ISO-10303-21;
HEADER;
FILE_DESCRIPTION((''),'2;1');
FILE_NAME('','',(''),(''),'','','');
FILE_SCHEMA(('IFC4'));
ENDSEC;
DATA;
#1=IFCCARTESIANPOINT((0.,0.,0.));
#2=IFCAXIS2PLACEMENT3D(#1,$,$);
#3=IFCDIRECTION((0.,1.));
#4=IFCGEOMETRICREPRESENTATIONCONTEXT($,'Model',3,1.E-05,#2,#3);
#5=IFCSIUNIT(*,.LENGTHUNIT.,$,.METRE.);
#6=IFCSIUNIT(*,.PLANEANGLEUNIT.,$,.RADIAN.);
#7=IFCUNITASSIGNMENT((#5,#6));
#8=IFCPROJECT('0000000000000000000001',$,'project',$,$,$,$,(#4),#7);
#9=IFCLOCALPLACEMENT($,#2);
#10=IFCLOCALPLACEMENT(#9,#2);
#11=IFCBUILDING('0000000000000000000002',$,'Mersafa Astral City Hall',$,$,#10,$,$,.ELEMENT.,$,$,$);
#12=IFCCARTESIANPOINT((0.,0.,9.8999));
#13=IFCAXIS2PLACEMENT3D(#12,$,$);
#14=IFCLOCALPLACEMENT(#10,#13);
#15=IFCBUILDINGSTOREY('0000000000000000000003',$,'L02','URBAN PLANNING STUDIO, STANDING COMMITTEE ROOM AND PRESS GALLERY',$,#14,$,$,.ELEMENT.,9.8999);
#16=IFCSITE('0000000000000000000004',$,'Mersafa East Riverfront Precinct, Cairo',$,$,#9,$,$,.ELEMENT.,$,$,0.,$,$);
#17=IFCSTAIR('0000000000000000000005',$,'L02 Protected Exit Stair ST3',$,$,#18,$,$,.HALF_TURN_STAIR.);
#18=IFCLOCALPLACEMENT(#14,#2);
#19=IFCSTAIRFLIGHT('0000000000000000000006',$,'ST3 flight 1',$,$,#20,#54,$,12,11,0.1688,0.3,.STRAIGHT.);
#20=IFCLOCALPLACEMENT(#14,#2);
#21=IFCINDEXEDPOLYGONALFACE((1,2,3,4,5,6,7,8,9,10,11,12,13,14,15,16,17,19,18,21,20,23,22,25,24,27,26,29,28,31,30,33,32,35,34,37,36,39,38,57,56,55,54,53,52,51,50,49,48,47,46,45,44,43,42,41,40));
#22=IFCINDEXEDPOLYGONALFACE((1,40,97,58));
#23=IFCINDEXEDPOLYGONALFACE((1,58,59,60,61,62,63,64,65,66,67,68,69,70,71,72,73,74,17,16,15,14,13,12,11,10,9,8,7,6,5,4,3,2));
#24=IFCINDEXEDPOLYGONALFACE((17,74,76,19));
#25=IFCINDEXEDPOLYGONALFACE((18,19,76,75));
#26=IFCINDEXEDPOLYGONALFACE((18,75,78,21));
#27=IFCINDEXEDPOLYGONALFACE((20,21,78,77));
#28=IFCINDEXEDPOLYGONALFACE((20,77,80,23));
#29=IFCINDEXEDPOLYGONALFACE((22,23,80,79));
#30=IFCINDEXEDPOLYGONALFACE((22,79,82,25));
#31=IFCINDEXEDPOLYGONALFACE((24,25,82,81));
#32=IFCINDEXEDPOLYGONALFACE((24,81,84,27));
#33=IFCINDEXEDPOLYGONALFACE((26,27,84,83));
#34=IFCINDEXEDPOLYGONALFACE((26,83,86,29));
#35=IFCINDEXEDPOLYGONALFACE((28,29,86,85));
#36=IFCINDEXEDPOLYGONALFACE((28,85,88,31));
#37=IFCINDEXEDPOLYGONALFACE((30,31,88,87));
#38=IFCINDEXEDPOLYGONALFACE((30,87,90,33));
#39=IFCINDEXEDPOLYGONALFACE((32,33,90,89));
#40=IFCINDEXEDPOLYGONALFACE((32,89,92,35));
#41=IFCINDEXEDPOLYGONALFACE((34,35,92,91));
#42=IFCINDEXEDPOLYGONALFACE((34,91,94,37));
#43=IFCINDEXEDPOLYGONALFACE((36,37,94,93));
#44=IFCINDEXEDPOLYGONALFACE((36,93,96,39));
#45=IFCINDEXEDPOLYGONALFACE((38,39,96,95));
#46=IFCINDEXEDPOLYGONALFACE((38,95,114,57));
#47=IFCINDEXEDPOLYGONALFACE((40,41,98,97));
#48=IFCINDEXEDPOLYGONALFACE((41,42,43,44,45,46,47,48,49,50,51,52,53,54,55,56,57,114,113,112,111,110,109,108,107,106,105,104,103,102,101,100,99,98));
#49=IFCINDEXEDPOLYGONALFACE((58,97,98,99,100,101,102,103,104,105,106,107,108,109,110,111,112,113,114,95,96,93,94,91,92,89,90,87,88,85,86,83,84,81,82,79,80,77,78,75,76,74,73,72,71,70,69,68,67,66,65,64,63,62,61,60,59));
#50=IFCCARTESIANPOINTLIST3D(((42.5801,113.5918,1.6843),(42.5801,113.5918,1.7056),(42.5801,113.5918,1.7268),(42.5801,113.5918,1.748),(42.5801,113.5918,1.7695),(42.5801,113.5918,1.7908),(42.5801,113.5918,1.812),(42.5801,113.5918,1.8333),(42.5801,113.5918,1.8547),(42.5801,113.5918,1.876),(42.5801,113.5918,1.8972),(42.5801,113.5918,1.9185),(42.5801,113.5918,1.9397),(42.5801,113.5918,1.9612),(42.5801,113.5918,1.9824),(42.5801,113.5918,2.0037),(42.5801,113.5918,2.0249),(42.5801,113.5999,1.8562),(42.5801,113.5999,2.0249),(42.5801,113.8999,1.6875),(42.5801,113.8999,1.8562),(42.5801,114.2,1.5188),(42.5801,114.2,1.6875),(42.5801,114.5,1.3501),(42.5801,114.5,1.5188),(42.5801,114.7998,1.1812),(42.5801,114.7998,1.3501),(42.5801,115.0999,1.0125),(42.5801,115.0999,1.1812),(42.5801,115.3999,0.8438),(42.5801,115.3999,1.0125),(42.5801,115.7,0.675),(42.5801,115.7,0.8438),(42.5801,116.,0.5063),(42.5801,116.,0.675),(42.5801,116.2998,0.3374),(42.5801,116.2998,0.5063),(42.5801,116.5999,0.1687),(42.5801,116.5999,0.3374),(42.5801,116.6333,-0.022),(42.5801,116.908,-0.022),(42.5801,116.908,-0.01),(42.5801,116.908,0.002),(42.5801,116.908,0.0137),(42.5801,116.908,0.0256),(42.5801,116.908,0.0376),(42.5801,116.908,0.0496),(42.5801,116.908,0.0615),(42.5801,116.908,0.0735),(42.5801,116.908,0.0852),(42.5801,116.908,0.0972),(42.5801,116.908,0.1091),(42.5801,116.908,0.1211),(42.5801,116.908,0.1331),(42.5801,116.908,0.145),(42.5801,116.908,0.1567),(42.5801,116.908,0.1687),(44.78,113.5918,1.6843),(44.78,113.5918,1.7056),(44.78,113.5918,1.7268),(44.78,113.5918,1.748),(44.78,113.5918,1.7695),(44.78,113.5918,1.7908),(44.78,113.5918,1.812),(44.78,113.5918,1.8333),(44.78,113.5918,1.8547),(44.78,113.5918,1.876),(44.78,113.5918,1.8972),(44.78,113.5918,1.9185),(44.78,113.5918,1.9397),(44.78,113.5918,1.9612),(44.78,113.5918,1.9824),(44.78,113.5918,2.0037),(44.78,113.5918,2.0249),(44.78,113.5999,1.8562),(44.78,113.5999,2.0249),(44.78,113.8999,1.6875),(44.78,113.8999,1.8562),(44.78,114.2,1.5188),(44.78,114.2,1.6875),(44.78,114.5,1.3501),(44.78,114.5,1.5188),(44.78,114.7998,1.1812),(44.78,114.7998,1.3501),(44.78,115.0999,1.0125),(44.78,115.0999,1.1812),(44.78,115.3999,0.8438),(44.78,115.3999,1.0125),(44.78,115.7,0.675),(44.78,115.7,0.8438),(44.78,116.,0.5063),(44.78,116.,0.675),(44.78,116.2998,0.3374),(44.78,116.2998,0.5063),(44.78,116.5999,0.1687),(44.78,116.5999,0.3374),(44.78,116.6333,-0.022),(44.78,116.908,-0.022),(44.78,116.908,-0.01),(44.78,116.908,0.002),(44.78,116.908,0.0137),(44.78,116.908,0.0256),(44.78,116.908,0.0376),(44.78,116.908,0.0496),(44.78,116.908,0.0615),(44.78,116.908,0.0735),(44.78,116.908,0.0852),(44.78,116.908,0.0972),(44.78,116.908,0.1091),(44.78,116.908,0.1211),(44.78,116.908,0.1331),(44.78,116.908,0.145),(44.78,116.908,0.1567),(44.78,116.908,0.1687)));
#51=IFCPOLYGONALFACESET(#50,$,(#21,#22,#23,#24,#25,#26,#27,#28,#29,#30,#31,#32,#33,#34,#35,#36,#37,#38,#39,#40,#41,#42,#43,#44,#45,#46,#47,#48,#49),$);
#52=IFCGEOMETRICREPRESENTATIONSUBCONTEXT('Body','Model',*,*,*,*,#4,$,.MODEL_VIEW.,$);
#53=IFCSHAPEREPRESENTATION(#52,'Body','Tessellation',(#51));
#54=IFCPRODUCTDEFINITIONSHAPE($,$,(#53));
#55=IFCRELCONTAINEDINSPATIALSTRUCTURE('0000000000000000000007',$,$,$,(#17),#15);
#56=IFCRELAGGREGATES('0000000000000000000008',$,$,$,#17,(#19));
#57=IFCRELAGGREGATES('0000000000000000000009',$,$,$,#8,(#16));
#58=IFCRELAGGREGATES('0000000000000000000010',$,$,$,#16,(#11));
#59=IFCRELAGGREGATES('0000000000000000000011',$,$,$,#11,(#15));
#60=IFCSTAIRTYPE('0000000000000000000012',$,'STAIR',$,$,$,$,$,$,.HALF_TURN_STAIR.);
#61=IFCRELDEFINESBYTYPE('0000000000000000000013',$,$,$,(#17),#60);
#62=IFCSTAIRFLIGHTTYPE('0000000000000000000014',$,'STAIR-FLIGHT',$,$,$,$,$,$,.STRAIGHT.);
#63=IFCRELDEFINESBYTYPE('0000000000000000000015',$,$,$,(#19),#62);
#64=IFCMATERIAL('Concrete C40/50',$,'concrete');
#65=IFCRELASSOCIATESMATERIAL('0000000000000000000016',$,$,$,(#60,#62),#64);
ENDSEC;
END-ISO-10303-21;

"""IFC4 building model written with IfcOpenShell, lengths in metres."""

from ifc_helpers import new_model, si_unit, direction, frame, origin, place, context, subcontext, project, spatial, polyline, outline, extrude, material, type_object, element, aggregate, save


model = new_model("IFC4")

# Units and contexts
model_context = context("Model", 3, precision=1e-05, world=origin(), true_north=direction((0.0, 1.0)))
body_context = subcontext(model_context, "Body", "Model", "MODEL_VIEW")
ifc_project = project(units=[si_unit("LENGTHUNIT", "METRE"), si_unit("PLANEANGLEUNIT", "RADIAN")], contexts=[model_context])

# Site, building, storey
site_placement = place(None, origin())
site = spatial("IfcSite", under=ifc_project, at=site_placement, Name="Mersafa East Riverfront Precinct, Cairo", CompositionType="ELEMENT", RefElevation=0.0)
building_placement = place(site_placement, origin())
building = spatial("IfcBuilding", under=site, at=building_placement, Name="Mersafa Astral City Hall", CompositionType="ELEMENT")
storey_placement = place(building_placement, frame((0.0, 0.0, 9.8999)))
storey = spatial("IfcBuildingStorey", under=building, at=storey_placement, Name="L02", Description="URBAN PLANNING STUDIO, STANDING COMMITTEE ROOM AND PRESS GALLERY", CompositionType="ELEMENT", Elevation=9.8999)

# Shared definitions
ifc_material_1 = material(Name="Concrete C40/50", Category="concrete")

# Stair, stair flight
stair_type = type_object("IfcStairType", Name="STAIR", PredefinedType="HALF_TURN_STAIR", material=ifc_material_1)
stair_placement = place(storey_placement, origin())
stair = element("IfcStair", 1, at=stair_placement, inside=storey, type_object=stair_type, Name="L02 Protected Exit Stair ST3", PredefinedType="HALF_TURN_STAIR")
stair_flight_type = type_object("IfcStairFlightType", Name="STAIR-FLIGHT", PredefinedType="STRAIGHT", material=ifc_material_1)
stair_flight_placement = place(storey_placement, frame((43.6799, 116.8999, 0.0), z_axis=(0.0, 0.0, 1.0), x_axis=(0.0, -1.0, 0.0)))
stair_flight = element("IfcStairFlight", 2, at=stair_flight_placement, type_object=stair_flight_type, Name="ST3 flight 1", NumberOfRisers=12, NumberOfTreads=11, PredefinedType="STRAIGHT", RiserHeight=0.1688, TreadLength=0.3, context=body_context, shape_type="SweptSolid", body=[
    extrude(outline(polyline([(-0.0081, -0.022), (-0.0081, -0.01), (-0.0081, 0.002), (-0.0081, 0.0137), (-0.0081, 0.0256), (-0.0081, 0.0376), (-0.0081, 0.0496), (-0.0081, 0.0615), (-0.0081, 0.0735), (-0.0081, 0.0852), (-0.0081, 0.0972), (-0.0081, 0.1091), (-0.0081, 0.1211), (-0.0081, 0.1331), (-0.0081, 0.145), (-0.0081, 0.1567), (-0.0081, 0.1687), (0.3, 0.1687), (0.3, 0.3374), (0.6001, 0.3374), (0.6001, 0.5063), (0.8999, 0.5063), (0.8999, 0.675), (1.2, 0.675), (1.2, 0.8438), (1.5, 0.8438), (1.5, 1.0125), (1.8, 1.0125), (1.8, 1.1812), (2.1001, 1.1812), (2.1001, 1.3501), (2.3999, 1.3501), (2.3999, 1.5188), (2.7, 1.5188), (2.7, 1.6875), (3.0, 1.6875), (3.0, 1.8562), (3.3, 1.8562), (3.3, 2.0249), (3.3081, 2.0249), (3.3081, 2.0037), (3.3081, 1.9824), (3.3081, 1.9612), (3.3081, 1.9397), (3.3081, 1.9185), (3.3081, 1.8972), (3.3081, 1.876), (3.3081, 1.8547), (3.3081, 1.8333), (3.3081, 1.812), (3.3081, 1.7908), (3.3081, 1.7695), (3.3081, 1.748), (3.3081, 1.7268), (3.3081, 1.7056), (3.3081, 1.6843), (0.2666, -0.022), (-0.0081, -0.022)])), frame((0.0, 1.1001, 0.0), z_axis=(0.0, -1.0, 0.0), x_axis=(1.0, 0.0, 0.0)), (0.0, 0.0, 1.0), 2.2),
])
aggregate(stair, [stair_flight])

save(model, "model.ifc")
